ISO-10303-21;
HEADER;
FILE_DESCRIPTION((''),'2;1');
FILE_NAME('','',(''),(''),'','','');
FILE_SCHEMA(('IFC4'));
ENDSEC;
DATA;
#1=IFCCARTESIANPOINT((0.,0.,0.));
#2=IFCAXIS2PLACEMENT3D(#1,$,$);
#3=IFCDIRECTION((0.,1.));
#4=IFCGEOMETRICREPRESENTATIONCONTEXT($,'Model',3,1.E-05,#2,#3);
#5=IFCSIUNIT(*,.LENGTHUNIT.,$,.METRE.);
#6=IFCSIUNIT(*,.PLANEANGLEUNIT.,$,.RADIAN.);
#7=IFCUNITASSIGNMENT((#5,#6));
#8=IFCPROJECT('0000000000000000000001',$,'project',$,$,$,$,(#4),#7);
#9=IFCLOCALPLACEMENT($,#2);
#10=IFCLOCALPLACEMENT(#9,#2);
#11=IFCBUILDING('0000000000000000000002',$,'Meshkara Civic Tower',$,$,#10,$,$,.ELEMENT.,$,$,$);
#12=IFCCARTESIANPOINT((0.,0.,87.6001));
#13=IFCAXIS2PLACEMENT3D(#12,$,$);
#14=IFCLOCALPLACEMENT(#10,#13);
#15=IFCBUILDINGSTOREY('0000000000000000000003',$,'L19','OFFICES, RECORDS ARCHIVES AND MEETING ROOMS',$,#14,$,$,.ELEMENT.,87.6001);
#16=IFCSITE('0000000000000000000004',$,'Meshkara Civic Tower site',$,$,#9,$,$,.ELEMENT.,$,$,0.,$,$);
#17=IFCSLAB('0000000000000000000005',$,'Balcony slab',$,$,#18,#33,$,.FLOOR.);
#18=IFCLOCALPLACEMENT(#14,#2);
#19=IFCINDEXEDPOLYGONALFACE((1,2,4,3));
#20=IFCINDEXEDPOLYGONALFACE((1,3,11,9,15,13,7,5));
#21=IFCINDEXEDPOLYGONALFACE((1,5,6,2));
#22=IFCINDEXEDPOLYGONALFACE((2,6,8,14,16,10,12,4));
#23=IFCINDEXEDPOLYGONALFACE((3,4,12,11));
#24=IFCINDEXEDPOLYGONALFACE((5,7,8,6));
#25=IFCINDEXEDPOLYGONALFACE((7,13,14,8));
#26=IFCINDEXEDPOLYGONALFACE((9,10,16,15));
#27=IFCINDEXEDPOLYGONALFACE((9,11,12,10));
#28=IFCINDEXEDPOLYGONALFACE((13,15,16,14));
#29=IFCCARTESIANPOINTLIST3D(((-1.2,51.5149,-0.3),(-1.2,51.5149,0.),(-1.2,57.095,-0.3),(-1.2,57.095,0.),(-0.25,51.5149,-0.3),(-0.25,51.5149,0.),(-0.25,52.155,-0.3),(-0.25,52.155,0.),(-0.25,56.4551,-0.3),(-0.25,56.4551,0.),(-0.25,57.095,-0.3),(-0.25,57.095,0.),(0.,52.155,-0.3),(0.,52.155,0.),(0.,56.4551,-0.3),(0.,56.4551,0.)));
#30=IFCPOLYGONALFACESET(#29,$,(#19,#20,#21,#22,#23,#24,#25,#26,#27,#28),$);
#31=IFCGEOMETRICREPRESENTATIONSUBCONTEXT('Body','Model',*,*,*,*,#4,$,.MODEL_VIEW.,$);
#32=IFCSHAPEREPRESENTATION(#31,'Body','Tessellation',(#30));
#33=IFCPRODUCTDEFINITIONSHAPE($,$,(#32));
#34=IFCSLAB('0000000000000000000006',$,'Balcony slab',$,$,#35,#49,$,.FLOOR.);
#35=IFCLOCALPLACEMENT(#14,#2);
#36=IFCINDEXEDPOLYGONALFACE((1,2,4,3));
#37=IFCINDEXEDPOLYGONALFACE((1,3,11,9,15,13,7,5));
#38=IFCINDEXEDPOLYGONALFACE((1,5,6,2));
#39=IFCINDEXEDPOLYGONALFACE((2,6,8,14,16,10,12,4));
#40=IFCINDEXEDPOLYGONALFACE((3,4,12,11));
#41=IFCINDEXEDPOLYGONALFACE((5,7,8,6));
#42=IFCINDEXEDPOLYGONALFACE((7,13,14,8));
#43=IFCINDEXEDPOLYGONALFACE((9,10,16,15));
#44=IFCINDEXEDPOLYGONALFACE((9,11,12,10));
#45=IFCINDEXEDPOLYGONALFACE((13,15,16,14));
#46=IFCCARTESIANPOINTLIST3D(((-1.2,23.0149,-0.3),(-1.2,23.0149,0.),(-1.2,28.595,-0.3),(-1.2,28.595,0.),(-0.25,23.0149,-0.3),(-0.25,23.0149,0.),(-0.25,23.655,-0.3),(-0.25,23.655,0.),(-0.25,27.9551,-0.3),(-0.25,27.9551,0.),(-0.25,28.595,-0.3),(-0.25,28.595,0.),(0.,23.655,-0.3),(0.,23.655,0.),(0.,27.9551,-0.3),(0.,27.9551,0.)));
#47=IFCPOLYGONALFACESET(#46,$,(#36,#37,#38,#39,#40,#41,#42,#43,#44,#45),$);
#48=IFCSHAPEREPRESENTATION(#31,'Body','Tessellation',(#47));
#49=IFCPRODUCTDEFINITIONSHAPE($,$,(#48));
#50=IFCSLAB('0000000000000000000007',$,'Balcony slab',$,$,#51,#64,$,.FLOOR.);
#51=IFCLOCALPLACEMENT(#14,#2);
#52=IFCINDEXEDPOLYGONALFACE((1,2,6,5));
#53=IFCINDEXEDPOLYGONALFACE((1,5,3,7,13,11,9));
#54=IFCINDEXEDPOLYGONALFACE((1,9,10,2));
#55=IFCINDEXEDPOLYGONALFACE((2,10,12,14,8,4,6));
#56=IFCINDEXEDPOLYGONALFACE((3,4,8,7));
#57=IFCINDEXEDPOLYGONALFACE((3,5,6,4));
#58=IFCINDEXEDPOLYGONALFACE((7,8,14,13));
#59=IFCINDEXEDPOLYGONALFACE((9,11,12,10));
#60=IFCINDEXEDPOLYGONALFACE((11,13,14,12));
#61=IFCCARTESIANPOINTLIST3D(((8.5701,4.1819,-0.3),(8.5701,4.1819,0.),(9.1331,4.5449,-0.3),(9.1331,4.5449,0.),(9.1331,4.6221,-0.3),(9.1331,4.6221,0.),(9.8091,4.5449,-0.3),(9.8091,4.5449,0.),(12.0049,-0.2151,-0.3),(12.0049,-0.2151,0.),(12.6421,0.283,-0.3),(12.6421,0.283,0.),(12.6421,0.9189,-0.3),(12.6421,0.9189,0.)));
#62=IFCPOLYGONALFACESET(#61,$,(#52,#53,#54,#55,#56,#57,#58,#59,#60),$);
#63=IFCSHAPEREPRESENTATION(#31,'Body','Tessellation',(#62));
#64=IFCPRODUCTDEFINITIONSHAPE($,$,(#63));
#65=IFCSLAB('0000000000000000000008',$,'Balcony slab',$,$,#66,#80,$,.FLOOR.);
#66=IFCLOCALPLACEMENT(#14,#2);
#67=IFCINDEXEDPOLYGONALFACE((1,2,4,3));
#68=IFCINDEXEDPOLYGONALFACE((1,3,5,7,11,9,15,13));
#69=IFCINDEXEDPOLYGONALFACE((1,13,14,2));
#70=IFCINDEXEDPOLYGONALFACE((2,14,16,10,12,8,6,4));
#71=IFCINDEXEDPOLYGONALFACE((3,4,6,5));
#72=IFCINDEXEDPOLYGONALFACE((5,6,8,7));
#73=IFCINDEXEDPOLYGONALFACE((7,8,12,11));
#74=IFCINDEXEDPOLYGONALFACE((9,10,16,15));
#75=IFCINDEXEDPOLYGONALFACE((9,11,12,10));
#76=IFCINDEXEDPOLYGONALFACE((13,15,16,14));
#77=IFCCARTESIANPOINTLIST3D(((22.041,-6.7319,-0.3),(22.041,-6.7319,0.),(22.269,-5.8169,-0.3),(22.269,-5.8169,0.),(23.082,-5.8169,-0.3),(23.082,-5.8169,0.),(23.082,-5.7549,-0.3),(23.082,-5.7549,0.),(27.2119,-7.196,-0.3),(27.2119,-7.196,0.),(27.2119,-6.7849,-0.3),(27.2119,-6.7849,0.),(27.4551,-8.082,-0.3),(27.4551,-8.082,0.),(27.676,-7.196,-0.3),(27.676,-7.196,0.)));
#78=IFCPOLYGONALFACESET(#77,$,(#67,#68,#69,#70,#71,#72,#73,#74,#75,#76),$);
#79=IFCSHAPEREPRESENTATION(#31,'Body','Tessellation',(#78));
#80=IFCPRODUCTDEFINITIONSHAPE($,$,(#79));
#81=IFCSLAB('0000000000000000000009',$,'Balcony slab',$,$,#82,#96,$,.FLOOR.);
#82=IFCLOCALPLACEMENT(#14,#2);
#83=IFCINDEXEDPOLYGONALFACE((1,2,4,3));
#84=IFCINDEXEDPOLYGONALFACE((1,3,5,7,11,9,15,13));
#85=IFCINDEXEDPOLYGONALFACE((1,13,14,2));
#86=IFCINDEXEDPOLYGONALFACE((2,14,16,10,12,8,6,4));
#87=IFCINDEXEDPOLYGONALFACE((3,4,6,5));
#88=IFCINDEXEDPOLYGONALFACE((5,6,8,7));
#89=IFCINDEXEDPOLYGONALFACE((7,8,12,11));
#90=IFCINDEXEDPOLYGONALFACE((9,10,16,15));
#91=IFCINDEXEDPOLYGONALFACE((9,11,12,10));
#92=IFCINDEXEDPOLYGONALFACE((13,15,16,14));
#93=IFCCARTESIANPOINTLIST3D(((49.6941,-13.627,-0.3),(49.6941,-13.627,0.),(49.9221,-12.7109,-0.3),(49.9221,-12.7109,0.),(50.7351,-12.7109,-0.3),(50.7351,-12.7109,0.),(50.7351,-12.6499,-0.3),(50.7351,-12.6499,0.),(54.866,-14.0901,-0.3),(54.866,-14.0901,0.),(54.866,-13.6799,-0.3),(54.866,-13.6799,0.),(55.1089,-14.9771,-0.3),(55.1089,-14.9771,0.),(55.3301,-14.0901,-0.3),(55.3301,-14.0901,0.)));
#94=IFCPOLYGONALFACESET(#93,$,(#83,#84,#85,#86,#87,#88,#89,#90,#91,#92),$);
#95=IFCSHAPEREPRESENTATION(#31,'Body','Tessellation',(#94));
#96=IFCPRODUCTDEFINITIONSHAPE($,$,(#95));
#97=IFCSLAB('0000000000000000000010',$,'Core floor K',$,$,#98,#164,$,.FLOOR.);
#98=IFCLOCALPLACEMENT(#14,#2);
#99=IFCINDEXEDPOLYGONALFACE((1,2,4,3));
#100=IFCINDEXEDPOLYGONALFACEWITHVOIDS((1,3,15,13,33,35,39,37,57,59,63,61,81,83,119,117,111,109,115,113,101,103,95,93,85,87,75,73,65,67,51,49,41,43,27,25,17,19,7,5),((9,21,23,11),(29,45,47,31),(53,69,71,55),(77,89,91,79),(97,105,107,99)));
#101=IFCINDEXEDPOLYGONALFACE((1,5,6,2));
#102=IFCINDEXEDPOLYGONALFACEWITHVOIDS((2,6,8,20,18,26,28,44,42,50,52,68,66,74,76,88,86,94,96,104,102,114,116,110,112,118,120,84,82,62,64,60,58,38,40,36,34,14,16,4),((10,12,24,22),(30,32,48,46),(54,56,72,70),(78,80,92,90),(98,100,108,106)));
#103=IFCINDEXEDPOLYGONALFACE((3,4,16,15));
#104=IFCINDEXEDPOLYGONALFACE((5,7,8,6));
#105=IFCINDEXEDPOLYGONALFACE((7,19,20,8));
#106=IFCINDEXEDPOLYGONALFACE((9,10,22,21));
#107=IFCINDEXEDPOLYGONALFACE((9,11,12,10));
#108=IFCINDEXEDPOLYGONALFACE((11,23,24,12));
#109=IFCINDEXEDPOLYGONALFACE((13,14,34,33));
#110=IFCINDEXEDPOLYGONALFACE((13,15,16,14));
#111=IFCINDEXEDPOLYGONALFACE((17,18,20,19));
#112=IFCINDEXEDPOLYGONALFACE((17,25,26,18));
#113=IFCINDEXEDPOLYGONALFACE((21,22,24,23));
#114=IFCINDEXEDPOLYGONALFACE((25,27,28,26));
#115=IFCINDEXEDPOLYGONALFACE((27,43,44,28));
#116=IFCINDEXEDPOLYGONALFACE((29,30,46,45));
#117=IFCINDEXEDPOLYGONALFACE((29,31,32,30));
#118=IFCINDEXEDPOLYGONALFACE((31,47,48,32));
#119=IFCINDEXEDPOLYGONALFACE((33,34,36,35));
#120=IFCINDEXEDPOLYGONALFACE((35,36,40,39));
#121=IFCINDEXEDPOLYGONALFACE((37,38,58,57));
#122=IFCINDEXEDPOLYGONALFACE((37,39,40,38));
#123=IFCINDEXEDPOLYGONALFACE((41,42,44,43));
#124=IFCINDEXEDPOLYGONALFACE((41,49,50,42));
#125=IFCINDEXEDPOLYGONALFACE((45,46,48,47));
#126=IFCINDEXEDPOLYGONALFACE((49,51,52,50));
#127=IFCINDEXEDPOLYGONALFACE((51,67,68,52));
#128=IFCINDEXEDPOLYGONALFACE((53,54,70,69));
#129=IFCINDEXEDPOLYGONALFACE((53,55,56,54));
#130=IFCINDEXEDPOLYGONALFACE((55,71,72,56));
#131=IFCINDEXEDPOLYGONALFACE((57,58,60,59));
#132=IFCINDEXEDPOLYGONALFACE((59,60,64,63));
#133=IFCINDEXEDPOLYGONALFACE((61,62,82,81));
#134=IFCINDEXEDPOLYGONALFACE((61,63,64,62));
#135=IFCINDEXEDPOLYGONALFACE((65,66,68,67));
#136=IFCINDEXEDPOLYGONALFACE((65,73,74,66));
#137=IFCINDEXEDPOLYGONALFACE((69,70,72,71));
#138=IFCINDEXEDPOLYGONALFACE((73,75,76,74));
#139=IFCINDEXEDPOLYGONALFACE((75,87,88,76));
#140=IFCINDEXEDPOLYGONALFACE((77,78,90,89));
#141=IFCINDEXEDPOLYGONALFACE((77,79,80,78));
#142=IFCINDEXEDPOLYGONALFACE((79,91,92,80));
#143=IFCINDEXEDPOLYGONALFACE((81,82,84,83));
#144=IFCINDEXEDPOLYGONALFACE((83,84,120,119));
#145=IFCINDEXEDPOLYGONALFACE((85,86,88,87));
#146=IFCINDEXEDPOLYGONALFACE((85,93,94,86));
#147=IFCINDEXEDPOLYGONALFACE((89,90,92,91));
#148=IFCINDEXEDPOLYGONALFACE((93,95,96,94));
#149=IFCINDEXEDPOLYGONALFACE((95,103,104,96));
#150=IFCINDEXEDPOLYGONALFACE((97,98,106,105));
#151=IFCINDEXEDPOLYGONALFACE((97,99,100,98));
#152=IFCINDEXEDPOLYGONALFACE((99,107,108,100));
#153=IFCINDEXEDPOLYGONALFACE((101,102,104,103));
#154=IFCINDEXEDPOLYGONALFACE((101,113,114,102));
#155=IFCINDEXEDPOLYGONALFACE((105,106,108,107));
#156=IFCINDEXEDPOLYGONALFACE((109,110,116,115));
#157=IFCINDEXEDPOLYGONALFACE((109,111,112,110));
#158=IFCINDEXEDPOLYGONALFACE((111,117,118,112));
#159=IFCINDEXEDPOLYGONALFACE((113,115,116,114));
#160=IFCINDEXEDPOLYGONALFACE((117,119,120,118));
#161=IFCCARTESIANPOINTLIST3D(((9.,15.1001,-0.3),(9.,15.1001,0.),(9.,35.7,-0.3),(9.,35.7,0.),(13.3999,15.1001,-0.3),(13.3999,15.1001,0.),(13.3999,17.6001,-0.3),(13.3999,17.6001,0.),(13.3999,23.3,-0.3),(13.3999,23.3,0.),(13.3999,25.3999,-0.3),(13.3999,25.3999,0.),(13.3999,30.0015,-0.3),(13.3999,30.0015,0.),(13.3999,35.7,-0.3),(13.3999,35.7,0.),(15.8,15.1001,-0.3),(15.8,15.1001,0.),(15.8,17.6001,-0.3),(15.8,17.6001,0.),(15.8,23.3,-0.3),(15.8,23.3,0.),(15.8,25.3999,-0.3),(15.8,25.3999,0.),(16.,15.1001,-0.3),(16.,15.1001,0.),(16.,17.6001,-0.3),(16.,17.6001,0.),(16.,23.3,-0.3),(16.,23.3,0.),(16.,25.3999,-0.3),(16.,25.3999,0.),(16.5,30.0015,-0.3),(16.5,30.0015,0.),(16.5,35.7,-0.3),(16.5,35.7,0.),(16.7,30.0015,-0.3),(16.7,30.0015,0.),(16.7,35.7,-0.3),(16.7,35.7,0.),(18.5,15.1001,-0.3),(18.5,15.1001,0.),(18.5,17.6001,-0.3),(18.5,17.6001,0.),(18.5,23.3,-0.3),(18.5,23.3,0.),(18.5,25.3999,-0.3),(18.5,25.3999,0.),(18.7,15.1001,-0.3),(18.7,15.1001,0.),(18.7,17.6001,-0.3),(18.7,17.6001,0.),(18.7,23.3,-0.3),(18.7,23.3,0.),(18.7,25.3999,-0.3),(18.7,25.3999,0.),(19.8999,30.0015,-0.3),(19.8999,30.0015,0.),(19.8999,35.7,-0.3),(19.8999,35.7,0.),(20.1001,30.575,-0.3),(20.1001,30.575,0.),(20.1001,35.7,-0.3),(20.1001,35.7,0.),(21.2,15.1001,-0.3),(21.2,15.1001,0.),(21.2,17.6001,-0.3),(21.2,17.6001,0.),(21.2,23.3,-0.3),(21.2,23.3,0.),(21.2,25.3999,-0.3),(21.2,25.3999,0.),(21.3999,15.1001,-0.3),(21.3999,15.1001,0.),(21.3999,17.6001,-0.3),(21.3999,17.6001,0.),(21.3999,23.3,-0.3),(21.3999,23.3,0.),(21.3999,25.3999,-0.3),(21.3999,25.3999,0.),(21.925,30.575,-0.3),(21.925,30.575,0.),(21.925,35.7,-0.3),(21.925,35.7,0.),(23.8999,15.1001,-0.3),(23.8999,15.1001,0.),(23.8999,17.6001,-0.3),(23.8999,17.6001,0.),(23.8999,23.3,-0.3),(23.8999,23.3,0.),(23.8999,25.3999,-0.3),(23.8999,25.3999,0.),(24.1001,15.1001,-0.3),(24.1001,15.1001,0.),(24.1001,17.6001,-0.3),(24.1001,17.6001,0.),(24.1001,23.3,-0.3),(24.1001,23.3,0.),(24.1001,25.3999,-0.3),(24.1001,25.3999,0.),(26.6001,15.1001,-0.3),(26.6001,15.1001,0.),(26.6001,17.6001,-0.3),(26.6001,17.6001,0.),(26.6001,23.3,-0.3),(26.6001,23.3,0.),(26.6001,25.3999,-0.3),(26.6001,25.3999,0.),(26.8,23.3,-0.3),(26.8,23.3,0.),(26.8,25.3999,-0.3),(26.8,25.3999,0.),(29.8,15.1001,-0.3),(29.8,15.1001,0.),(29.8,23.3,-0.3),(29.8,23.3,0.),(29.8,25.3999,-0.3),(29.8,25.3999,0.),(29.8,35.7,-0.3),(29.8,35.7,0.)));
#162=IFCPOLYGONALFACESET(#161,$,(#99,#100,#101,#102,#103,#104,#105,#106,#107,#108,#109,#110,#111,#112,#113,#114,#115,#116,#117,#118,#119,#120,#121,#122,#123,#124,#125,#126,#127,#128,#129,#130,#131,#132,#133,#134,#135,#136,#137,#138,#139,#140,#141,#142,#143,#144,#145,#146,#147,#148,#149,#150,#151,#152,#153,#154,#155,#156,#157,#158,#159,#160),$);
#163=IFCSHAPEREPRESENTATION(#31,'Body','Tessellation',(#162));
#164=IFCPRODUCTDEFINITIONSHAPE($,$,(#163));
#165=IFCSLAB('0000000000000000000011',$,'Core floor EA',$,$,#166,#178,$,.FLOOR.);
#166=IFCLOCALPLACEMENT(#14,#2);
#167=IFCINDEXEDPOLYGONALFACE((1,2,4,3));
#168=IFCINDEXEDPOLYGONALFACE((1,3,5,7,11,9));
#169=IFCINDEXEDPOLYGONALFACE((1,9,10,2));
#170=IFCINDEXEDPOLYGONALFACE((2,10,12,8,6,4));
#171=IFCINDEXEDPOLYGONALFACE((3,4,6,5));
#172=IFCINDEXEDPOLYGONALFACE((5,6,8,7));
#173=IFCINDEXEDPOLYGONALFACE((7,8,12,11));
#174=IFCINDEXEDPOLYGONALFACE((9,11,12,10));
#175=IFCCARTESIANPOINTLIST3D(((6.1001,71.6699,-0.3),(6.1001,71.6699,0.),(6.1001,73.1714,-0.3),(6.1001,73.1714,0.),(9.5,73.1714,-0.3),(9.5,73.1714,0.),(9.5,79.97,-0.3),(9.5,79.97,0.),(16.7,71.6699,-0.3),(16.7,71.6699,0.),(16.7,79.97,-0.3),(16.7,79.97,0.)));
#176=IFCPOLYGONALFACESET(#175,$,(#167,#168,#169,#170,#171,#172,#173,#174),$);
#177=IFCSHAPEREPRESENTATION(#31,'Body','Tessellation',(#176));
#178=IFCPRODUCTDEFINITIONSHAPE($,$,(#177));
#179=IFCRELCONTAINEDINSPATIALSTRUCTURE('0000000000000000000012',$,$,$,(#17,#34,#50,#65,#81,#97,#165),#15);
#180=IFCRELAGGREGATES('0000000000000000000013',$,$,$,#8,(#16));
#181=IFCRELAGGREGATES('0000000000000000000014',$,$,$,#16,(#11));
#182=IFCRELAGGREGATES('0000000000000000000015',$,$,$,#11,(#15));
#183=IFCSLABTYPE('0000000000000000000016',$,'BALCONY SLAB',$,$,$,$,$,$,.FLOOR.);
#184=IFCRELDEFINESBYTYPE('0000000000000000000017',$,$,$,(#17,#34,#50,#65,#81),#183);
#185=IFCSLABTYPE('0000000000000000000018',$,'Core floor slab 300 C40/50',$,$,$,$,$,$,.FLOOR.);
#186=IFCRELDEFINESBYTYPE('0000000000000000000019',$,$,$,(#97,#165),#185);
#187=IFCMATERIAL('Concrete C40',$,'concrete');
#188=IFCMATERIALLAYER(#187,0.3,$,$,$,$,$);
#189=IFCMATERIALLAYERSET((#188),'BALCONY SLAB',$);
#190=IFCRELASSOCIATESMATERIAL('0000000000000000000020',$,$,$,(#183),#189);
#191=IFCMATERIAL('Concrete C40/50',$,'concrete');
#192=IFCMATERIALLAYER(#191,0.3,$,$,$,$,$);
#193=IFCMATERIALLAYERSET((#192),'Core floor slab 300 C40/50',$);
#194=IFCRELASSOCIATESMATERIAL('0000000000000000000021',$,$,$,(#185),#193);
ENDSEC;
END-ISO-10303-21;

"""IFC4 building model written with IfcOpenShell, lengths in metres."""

from ifc_helpers import new_model, si_unit, direction, frame, origin, place, context, subcontext, project, spatial, polyline, outline, extrude, material, layer, layer_set, type_object, element, save


model = new_model("IFC4")

# Units and contexts
model_context = context("Model", 3, precision=1e-05, world=origin(), true_north=direction((0.0, 1.0)))
body_context = subcontext(model_context, "Body", "Model", "MODEL_VIEW")
ifc_project = project(units=[si_unit("LENGTHUNIT", "METRE"), si_unit("PLANEANGLEUNIT", "RADIAN")], contexts=[model_context])

# Site, building, storey
site_placement = place(None, origin())
site = spatial("IfcSite", under=ifc_project, at=site_placement, Name="Meshkara Civic Tower site", CompositionType="ELEMENT", RefElevation=0.0)
building_placement = place(site_placement, origin())
building = spatial("IfcBuilding", under=site, at=building_placement, Name="Meshkara Civic Tower", CompositionType="ELEMENT")
storey_placement = place(building_placement, frame((0.0, 0.0, 87.6001)))
storey = spatial("IfcBuildingStorey", under=building, at=storey_placement, Name="L19", Description="OFFICES, RECORDS ARCHIVES AND MEETING ROOMS", CompositionType="ELEMENT", Elevation=87.6001)

# Slabs
ifc_material_1 = material(Name="Concrete C40", Category="concrete")
ifc_layer_1 = layer(ifc_material_1, 0.3)
ifc_layer_set_1 = layer_set([ifc_layer_1], Name="BALCONY SLAB")
slab_type_1 = type_object("IfcSlabType", Name="BALCONY SLAB", PredefinedType="FLOOR", material=ifc_layer_set_1)
slab_1_placement = place(storey_placement, frame((0.0, 0.0, -0.3)))
element("IfcSlab", 1, at=slab_1_placement, inside=storey, type_object=slab_type_1, Name="Balcony slab", PredefinedType="FLOOR", context=body_context, shape_type="SweptSolid", body=[
    extrude(outline(polyline([(-1.2, 51.5149), (-1.2, 57.095), (-0.25, 57.095), (-0.25, 56.4551), (0.0, 56.4551), (0.0, 52.155), (-0.25, 52.155), (-0.25, 51.5149), (-1.2, 51.5149)])), origin(), (0.0, 0.0, 1.0), 0.3),
])
slab_2_placement = place(storey_placement, frame((0.0, 0.0, -0.3)))
element("IfcSlab", 2, at=slab_2_placement, inside=storey, type_object=slab_type_1, Name="Balcony slab", PredefinedType="FLOOR", context=body_context, shape_type="SweptSolid", body=[
    extrude(outline(polyline([(-1.2, 23.0149), (-1.2, 28.595), (-0.25, 28.595), (-0.25, 27.9551), (0.0, 27.9551), (0.0, 23.655), (-0.25, 23.655), (-0.25, 23.0149), (-1.2, 23.0149)])), origin(), (0.0, 0.0, 1.0), 0.3),
])
slab_3_placement = place(storey_placement, frame((0.0, 0.0, -0.3)))
element("IfcSlab", 3, at=slab_3_placement, inside=storey, type_object=slab_type_1, Name="Balcony slab", PredefinedType="FLOOR", context=body_context, shape_type="SweptSolid", body=[
    extrude(outline(polyline([(12.0049, -0.2151), (8.5701, 4.1819), (9.1331, 4.6221), (9.1331, 4.5449), (9.8091, 4.5449), (12.6421, 0.9189), (12.6421, 0.283), (12.0049, -0.2151)])), origin(), (0.0, 0.0, 1.0), 0.3),
])
slab_4_placement = place(storey_placement, frame((0.0, 0.0, -0.3)))
element("IfcSlab", 4, at=slab_4_placement, inside=storey, type_object=slab_type_1, Name="Balcony slab", PredefinedType="FLOOR", context=body_context, shape_type="SweptSolid", body=[
    extrude(outline(polyline([(27.4551, -8.082), (22.041, -6.7319), (22.269, -5.8169), (23.082, -5.8169), (23.082, -5.7549), (27.2119, -6.7849), (27.2119, -7.196), (27.676, -7.196), (27.4551, -8.082)])), origin(), (0.0, 0.0, 1.0), 0.3),
])
slab_5_placement = place(storey_placement, frame((0.0, 0.0, -0.3)))
element("IfcSlab", 5, at=slab_5_placement, inside=storey, type_object=slab_type_1, Name="Balcony slab", PredefinedType="FLOOR", context=body_context, shape_type="SweptSolid", body=[
    extrude(outline(polyline([(55.1089, -14.9771), (49.6941, -13.627), (49.9221, -12.7109), (50.7351, -12.7109), (50.7351, -12.6499), (54.866, -13.6799), (54.866, -14.0901), (55.3301, -14.0901), (55.1089, -14.9771)])), origin(), (0.0, 0.0, 1.0), 0.3),
])
ifc_material_2 = material(Name="Concrete C40/50", Category="concrete")
ifc_layer_2 = layer(ifc_material_2, 0.3)
ifc_layer_set_2 = layer_set([ifc_layer_2], Name="Core floor slab 300 C40/50")
slab_type_2 = type_object("IfcSlabType", Name="Core floor slab 300 C40/50", PredefinedType="FLOOR", material=ifc_layer_set_2)
slab_6_placement = place(storey_placement, frame((0.0, 0.0, -0.3)))
element("IfcSlab", 6, at=slab_6_placement, inside=storey, type_object=slab_type_2, Name="Core floor K", PredefinedType="FLOOR", context=body_context, shape_type="SweptSolid", body=[
    extrude(outline(polyline([(9.0, 35.7), (13.3999, 35.7), (13.3999, 30.0015), (16.5, 30.0015), (16.5, 35.7), (16.7, 35.7), (16.7, 30.0015), (19.8999, 30.0015), (19.8999, 35.7), (20.1001, 35.7), (20.1001, 30.575), (21.925, 30.575), (21.925, 35.7), (29.8, 35.7), (29.8, 25.3999), (26.8, 25.3999), (26.8, 23.3), (29.8, 23.3), (29.8, 15.1001), (26.6001, 15.1001), (26.6001, 17.6001), (24.1001, 17.6001), (24.1001, 15.1001), (23.8999, 15.1001), (23.8999, 17.6001), (21.3999, 17.6001), (21.3999, 15.1001), (21.2, 15.1001), (21.2, 17.6001), (18.7, 17.6001), (18.7, 15.1001), (18.5, 15.1001), (18.5, 17.6001), (16.0, 17.6001), (16.0, 15.1001), (15.8, 15.1001), (15.8, 17.6001), (13.3999, 17.6001), (13.3999, 15.1001), (9.0, 15.1001), (9.0, 35.7)]), holes=[polyline([(13.3999, 25.3999), (13.3999, 23.3), (15.8, 23.3), (15.8, 25.3999), (13.3999, 25.3999)]), polyline([(18.5, 23.3), (18.5, 25.3999), (16.0, 25.3999), (16.0, 23.3), (18.5, 23.3)]), polyline([(18.7, 25.3999), (18.7, 23.3), (21.2, 23.3), (21.2, 25.3999), (18.7, 25.3999)]), polyline([(23.8999, 25.3999), (21.3999, 25.3999), (21.3999, 23.3), (23.8999, 23.3), (23.8999, 25.3999)]), polyline([(24.1001, 23.3), (26.6001, 23.3), (26.6001, 25.3999), (24.1001, 25.3999), (24.1001, 23.3)])]), origin(), (0.0, 0.0, 1.0), 0.3),
])
slab_7_placement = place(storey_placement, frame((0.0, 0.0, -0.3)))
element("IfcSlab", 7, at=slab_7_placement, inside=storey, type_object=slab_type_2, Name="Core floor EA", PredefinedType="FLOOR", context=body_context, shape_type="SweptSolid", body=[
    extrude(outline(polyline([(16.7, 71.6699), (16.7, 79.97), (9.5, 79.97), (9.5, 73.1714), (6.1001, 73.1714), (6.1001, 71.6699), (16.7, 71.6699)])), origin(), (0.0, 0.0, 1.0), 0.3),
])

save(model, "model.ifc")
